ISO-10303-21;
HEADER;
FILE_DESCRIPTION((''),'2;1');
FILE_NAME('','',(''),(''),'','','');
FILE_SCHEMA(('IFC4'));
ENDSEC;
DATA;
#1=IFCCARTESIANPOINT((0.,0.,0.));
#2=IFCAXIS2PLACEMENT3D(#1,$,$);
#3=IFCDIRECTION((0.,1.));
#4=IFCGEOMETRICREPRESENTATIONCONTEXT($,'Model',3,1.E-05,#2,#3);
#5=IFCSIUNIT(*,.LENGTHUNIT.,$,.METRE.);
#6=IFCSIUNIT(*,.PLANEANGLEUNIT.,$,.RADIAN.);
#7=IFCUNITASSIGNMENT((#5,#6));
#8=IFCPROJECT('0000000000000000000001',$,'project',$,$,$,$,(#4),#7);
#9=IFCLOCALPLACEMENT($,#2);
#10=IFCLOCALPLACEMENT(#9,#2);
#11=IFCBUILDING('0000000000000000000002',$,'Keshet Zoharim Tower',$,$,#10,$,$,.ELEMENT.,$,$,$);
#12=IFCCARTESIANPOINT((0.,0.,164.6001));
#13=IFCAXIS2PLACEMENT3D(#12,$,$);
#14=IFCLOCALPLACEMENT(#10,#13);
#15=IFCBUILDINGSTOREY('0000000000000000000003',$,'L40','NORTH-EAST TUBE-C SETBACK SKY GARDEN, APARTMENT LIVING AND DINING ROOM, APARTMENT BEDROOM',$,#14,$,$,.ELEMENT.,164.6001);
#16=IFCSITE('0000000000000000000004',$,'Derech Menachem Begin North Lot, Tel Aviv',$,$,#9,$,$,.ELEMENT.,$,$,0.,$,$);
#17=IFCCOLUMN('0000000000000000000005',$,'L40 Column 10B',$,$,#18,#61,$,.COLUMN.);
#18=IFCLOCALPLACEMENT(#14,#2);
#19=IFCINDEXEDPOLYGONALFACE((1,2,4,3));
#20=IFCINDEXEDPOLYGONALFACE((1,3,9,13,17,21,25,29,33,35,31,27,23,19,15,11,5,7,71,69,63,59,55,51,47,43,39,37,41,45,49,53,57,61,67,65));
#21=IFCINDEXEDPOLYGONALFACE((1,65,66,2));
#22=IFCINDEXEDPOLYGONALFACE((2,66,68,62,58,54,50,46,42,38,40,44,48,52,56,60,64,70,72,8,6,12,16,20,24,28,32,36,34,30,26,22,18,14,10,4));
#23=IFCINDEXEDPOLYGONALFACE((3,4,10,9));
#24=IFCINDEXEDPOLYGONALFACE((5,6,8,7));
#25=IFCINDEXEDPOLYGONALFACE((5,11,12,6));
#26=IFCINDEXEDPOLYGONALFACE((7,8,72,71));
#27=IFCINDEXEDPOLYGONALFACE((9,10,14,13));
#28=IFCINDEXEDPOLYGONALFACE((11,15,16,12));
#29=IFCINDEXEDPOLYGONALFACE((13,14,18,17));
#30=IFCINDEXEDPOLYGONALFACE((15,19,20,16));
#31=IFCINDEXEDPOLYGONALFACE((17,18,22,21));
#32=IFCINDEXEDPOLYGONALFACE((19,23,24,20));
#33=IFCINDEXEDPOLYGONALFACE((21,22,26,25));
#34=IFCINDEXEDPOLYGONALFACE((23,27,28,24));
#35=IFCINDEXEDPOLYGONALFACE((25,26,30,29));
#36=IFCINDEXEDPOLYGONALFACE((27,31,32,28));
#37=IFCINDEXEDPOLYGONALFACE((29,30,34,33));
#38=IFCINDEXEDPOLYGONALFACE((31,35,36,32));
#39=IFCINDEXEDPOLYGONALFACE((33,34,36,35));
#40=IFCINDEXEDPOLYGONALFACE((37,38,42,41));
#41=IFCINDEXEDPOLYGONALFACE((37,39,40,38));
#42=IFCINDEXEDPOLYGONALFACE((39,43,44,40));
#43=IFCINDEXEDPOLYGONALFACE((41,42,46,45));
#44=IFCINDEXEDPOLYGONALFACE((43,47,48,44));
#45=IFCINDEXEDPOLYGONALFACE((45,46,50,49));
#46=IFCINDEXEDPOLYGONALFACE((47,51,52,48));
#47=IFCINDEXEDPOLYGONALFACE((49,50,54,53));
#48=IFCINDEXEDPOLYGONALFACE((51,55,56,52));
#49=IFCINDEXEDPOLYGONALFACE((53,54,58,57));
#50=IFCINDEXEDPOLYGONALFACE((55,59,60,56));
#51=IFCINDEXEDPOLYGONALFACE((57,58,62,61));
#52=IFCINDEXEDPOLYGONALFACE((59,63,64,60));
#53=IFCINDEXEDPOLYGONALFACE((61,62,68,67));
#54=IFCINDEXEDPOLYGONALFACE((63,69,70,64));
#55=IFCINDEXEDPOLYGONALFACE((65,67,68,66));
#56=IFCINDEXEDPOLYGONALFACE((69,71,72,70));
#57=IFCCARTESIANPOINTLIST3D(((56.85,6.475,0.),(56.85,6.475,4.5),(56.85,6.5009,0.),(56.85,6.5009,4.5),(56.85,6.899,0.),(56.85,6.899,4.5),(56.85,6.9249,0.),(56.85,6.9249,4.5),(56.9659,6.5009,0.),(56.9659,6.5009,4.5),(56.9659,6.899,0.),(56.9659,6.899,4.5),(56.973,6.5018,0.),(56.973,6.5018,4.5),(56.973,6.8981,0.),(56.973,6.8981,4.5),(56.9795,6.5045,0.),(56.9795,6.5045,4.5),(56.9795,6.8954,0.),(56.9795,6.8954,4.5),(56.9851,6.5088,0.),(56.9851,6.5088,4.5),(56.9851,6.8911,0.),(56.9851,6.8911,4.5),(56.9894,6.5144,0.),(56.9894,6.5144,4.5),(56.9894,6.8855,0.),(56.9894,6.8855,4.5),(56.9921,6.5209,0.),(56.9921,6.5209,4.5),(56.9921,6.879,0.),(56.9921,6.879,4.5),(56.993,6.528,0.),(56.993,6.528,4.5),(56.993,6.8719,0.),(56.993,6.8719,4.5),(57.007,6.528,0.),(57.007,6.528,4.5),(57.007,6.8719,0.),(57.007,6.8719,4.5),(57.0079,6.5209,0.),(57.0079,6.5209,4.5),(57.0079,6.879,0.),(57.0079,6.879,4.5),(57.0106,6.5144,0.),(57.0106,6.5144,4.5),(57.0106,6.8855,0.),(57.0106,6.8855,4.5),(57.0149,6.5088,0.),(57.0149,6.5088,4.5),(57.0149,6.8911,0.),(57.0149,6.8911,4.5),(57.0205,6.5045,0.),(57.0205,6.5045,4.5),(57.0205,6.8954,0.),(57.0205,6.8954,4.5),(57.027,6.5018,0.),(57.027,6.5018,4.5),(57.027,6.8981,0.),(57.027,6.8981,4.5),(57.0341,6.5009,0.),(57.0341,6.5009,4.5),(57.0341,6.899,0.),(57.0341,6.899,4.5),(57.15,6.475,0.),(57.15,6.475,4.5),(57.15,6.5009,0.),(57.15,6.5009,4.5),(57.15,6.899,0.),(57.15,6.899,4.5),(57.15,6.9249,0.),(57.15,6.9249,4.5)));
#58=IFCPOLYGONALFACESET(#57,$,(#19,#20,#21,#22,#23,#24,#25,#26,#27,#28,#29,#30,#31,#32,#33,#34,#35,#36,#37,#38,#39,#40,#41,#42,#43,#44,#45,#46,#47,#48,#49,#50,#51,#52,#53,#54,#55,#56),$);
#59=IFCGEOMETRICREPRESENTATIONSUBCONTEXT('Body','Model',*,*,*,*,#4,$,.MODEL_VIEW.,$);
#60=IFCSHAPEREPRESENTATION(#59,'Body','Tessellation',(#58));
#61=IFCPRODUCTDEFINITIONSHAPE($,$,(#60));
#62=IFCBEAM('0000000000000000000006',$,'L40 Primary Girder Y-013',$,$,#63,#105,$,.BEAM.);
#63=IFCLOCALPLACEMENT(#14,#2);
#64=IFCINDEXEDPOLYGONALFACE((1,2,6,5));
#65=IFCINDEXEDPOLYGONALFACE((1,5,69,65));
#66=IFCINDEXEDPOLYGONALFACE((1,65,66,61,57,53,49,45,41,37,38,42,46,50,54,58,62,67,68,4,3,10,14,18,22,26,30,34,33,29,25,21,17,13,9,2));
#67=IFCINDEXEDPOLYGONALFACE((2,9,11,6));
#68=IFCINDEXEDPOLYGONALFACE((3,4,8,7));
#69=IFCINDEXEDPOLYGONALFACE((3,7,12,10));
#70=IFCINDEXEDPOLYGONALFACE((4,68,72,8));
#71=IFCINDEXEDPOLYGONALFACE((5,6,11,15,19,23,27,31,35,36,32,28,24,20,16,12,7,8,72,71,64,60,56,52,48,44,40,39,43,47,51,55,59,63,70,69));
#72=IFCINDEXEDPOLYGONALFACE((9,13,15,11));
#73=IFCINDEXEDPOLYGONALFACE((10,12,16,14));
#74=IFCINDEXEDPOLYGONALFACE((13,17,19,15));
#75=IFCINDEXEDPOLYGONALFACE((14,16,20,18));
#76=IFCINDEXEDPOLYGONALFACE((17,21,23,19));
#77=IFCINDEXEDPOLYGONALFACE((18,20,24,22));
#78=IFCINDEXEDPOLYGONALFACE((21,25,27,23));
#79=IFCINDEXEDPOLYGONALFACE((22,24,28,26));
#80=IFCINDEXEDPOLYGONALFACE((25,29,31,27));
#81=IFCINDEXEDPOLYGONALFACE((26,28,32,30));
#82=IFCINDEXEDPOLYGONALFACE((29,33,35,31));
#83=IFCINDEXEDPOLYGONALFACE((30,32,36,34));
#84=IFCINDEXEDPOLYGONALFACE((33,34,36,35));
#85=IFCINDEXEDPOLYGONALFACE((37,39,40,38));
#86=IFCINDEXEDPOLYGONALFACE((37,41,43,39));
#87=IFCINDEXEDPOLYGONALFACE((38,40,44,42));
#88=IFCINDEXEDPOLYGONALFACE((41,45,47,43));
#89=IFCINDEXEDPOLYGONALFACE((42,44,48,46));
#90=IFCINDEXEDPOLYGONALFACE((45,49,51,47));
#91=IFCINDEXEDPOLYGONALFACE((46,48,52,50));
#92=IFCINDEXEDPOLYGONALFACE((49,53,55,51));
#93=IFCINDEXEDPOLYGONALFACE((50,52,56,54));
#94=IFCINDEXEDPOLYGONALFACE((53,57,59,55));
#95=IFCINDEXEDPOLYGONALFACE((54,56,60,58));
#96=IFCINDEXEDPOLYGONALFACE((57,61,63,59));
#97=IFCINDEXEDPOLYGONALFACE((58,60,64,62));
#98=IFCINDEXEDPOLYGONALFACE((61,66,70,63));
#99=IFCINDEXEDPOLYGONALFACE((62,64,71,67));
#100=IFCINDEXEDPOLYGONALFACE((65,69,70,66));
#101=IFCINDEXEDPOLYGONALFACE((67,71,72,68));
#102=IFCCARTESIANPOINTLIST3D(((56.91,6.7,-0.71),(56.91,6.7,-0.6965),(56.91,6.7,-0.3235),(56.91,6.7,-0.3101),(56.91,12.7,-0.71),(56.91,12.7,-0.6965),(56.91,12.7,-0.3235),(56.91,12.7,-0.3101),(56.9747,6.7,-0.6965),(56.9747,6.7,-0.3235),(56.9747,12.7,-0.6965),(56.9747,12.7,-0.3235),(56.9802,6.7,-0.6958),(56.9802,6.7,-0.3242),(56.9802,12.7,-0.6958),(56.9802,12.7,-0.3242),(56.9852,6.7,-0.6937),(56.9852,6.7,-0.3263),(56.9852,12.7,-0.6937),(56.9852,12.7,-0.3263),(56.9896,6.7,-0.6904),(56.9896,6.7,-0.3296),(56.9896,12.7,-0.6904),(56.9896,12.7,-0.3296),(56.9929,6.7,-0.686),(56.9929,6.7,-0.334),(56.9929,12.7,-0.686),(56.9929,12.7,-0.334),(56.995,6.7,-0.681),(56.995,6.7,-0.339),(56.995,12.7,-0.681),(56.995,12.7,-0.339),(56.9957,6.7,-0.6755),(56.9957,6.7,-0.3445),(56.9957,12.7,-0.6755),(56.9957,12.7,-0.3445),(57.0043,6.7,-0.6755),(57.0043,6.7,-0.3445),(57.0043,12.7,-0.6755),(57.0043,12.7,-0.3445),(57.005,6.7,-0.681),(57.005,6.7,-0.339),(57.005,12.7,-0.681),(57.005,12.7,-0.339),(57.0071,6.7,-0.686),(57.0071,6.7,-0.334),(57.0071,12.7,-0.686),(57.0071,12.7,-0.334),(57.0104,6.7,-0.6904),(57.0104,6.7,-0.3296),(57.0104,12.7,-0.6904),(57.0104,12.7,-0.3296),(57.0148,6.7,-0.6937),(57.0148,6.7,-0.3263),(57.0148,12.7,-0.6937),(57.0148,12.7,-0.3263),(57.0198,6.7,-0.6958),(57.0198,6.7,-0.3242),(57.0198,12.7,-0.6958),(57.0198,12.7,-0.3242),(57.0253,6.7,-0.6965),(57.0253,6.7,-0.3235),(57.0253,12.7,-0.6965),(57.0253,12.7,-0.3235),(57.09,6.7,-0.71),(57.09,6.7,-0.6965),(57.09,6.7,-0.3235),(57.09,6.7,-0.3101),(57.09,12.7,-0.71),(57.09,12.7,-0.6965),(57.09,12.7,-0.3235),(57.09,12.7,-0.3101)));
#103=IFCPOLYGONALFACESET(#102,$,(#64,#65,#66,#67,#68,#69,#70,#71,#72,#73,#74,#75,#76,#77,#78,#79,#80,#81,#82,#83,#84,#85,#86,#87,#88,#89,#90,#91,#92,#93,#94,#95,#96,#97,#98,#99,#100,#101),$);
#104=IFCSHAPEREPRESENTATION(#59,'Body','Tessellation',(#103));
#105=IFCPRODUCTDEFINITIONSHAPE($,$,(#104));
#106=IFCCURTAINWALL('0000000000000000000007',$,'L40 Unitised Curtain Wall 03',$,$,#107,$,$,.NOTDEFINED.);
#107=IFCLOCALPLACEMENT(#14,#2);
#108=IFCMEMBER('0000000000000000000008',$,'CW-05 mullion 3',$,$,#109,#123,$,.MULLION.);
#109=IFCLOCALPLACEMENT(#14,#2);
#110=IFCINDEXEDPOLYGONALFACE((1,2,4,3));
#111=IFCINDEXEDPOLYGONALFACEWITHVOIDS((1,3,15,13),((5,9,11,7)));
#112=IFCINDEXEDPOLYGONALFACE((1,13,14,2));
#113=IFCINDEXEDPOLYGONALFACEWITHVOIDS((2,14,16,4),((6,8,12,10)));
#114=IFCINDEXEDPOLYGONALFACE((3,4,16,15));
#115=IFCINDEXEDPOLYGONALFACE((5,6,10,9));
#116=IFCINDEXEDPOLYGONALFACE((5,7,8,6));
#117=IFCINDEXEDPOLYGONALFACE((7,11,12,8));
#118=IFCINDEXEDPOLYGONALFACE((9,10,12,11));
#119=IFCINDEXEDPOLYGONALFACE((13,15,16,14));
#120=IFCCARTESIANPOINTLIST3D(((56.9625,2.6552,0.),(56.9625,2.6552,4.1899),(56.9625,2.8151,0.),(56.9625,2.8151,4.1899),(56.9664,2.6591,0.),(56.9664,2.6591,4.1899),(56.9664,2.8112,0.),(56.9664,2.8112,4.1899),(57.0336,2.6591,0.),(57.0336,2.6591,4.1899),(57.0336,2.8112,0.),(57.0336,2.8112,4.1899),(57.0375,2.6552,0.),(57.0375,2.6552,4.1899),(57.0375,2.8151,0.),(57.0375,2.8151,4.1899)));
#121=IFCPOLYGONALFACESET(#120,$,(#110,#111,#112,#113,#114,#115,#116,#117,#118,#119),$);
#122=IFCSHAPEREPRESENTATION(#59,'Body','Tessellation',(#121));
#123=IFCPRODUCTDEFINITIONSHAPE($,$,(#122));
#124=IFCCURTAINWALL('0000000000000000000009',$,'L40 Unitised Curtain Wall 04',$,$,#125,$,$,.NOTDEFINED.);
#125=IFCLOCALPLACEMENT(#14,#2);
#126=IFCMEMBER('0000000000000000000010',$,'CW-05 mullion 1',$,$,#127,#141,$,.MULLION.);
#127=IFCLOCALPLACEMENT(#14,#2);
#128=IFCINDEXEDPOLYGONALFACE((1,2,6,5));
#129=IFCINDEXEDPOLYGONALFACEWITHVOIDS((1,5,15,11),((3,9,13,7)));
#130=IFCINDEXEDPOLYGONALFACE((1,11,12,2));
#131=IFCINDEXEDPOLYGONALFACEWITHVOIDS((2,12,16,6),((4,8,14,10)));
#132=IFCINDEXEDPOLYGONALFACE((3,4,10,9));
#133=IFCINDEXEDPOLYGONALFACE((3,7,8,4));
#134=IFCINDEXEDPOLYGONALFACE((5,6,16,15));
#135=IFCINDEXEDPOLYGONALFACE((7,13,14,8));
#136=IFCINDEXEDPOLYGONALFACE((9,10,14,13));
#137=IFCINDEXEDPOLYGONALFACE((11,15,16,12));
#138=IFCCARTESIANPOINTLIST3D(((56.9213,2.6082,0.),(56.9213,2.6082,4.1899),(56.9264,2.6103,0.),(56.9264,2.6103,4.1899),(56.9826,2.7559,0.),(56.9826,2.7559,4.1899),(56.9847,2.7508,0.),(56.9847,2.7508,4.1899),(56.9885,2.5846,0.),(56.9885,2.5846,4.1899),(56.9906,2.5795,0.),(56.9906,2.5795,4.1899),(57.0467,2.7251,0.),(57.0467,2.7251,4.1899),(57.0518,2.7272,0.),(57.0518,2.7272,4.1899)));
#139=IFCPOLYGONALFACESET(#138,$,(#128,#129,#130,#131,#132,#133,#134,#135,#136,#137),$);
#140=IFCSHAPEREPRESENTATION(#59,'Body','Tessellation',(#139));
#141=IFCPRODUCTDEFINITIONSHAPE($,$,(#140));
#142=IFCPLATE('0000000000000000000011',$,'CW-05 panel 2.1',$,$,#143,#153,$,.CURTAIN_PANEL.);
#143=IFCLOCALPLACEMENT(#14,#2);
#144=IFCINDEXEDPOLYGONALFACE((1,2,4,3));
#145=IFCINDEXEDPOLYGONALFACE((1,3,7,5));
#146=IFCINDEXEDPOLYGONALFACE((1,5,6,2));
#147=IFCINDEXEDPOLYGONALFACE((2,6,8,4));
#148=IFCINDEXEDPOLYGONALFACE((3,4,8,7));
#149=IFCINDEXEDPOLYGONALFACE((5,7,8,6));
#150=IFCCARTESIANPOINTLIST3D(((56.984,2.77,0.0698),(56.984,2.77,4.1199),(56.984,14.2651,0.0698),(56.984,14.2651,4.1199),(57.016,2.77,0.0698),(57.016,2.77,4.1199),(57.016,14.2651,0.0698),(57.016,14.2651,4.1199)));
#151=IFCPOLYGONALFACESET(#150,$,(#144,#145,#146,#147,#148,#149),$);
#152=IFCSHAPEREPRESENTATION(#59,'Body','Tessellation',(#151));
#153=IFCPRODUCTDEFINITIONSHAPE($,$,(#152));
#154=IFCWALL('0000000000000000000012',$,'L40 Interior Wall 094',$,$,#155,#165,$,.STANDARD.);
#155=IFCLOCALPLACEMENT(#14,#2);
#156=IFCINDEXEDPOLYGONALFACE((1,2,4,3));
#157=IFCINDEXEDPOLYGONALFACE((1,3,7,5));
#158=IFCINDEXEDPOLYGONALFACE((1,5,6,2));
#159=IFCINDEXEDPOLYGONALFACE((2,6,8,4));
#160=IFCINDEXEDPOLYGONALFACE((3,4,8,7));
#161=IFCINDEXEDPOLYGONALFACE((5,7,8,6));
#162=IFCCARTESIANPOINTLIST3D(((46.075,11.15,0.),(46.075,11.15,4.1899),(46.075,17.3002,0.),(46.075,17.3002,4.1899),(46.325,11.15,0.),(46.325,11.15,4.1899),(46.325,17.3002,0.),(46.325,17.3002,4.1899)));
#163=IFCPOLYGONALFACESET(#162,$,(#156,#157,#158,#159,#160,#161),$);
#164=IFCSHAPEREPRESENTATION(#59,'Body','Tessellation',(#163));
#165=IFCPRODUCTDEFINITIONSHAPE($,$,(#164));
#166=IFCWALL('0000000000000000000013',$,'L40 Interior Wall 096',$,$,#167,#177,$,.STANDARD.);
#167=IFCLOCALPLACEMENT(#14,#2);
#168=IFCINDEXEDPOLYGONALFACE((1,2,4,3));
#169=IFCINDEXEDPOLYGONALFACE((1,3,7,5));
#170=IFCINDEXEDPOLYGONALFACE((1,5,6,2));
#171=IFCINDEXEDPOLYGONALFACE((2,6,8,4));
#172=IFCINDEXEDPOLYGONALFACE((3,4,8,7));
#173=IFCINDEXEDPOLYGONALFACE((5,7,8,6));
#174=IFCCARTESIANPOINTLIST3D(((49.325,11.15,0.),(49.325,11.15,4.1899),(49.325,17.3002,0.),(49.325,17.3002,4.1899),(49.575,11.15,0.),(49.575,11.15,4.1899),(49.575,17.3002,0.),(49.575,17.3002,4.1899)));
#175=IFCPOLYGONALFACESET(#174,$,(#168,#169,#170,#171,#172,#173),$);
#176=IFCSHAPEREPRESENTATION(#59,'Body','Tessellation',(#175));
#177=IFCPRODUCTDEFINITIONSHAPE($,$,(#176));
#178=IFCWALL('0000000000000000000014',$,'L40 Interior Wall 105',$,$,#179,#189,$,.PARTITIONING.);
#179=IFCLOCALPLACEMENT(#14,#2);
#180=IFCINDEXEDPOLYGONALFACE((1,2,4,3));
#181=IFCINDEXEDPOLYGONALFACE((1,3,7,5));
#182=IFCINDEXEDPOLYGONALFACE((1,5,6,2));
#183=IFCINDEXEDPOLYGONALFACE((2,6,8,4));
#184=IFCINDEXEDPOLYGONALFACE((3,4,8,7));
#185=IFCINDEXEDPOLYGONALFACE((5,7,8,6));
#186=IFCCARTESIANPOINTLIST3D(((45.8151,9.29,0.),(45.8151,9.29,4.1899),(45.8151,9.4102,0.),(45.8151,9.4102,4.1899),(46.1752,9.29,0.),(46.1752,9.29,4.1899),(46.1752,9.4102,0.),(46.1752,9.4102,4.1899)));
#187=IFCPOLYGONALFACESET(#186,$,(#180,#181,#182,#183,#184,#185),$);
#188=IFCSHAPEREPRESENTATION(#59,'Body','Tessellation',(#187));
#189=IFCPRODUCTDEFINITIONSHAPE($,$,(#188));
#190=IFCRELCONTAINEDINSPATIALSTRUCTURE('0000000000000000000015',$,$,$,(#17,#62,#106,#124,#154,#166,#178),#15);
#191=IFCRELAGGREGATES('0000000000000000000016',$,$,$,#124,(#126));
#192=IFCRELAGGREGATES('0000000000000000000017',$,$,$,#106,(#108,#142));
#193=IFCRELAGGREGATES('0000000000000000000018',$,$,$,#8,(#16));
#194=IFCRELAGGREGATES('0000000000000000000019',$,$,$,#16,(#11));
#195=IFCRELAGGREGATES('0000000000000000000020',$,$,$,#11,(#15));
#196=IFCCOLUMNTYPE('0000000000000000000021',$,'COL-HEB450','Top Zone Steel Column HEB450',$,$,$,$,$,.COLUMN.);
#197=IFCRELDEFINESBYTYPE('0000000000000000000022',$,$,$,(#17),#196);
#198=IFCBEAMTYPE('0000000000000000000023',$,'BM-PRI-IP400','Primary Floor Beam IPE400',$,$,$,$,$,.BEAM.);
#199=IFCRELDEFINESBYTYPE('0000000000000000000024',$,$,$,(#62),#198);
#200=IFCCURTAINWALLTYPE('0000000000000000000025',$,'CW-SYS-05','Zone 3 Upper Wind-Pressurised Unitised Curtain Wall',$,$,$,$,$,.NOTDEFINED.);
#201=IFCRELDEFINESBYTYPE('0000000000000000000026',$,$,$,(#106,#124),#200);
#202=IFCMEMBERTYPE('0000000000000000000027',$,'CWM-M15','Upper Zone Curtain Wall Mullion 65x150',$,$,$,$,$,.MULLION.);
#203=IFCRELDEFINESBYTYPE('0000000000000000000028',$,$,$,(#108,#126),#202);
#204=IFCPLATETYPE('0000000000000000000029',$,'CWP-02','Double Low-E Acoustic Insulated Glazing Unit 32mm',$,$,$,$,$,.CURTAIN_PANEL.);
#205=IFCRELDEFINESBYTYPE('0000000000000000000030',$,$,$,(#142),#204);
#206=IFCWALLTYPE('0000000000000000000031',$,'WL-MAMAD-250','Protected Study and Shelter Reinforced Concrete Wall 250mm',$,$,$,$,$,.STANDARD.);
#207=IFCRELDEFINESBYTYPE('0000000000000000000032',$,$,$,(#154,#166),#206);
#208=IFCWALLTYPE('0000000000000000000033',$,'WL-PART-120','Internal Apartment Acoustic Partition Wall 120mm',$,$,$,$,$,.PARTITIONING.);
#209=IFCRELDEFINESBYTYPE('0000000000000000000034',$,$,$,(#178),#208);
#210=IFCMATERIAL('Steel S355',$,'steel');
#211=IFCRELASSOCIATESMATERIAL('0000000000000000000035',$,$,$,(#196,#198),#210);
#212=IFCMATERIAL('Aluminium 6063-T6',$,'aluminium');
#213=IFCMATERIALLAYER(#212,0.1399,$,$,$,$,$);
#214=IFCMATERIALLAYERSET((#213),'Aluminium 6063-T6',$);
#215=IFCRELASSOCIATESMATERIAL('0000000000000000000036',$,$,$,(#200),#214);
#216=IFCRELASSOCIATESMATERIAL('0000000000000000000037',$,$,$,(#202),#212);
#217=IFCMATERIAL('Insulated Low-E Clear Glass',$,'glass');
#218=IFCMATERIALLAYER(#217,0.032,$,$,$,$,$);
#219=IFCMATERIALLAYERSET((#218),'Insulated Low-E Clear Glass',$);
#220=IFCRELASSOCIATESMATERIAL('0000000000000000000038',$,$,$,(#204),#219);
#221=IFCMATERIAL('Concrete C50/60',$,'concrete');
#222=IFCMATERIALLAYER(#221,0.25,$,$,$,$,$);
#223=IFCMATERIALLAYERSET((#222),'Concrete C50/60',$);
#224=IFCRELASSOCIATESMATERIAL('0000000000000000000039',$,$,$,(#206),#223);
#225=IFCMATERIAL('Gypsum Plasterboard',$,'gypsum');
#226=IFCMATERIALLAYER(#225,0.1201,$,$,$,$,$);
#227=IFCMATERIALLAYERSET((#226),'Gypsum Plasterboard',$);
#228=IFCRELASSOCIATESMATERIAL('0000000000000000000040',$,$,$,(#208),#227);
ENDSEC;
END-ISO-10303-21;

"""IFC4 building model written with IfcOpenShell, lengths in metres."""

from ifc_helpers import new_model, si_unit, direction, frame, frame_2d, origin, origin_2d, place, context, subcontext, project, spatial, rectangle, hollow_rectangle, i_section, extrude, material, layer, layer_set, material_profile, profile_set, type_object, element, aggregate, save


model = new_model("IFC4")

# Units and contexts
model_context = context("Model", 3, precision=1e-05, world=origin(), true_north=direction((0.0, 1.0)))
body_context = subcontext(model_context, "Body", "Model", "MODEL_VIEW")
ifc_project = project(units=[si_unit("LENGTHUNIT", "METRE"), si_unit("PLANEANGLEUNIT", "RADIAN")], contexts=[model_context])

# Site, building, storey
site_placement = place(None, origin())
site = spatial("IfcSite", under=ifc_project, at=site_placement, Name="Derech Menachem Begin North Lot, Tel Aviv", CompositionType="ELEMENT", RefElevation=0.0)
building_placement = place(site_placement, origin())
building = spatial("IfcBuilding", under=site, at=building_placement, Name="Keshet Zoharim Tower", CompositionType="ELEMENT")
storey_placement = place(building_placement, frame((0.0, 0.0, 164.6001)))
storey = spatial("IfcBuildingStorey", under=building, at=storey_placement, Name="L40", Description="NORTH-EAST TUBE-C SETBACK SKY GARDEN, APARTMENT LIVING AND DINING ROOM, APARTMENT BEDROOM", CompositionType="ELEMENT", Elevation=164.6001)

# Column
ifc_material_1 = material(Name="Steel S355", Category="steel")
ifc_material_profile_1 = material_profile(ifc_material_1, i_section(OverallWidth=0.3, OverallDepth=0.45, WebThickness=0.0139, FlangeThickness=0.0259, FilletRadius=0.0271, at=origin_2d()), Name="HEB450")
ifc_profile_set_1 = profile_set([ifc_material_profile_1], Name="Steel S355")
column_type = type_object("IfcColumnType", Name="COL-HEB450", Description="Top Zone Steel Column HEB450", PredefinedType="COLUMN", material=ifc_profile_set_1)
column_placement = place(storey_placement, frame((57.0, 6.7, 0.0), z_axis=(0.0, 0.0, 1.0), x_axis=(1.0, 0.0, 0.0)))
element("IfcColumn", 1, at=column_placement, inside=storey, type_object=column_type, Name="L40 Column 10B", PredefinedType="COLUMN", context=body_context, shape_type="SweptSolid", body=[
    extrude(i_section(OverallWidth=0.3, OverallDepth=0.45, WebThickness=0.0139, FlangeThickness=0.0259, FilletRadius=0.0271, at=origin_2d()), origin(), (0.0, 0.0, 1.0), 4.5),
])

# Beam
ifc_material_profile_2 = material_profile(ifc_material_1, i_section(OverallWidth=0.1799, OverallDepth=0.3999, WebThickness=0.0085, FlangeThickness=0.0134, FilletRadius=0.021, at=origin_2d()), Name="IPE400")
ifc_profile_set_2 = profile_set([ifc_material_profile_2], Name="Steel S355")
beam_type = type_object("IfcBeamType", Name="BM-PRI-IP400", Description="Primary Floor Beam IPE400", PredefinedType="BEAM", material=ifc_profile_set_2)
beam_placement = place(storey_placement, frame((57.0, 6.7, -0.51), z_axis=(0.0, 1.0, 0.0), x_axis=(-1.0, 0.0, 0.0)))
element("IfcBeam", 2, at=beam_placement, inside=storey, type_object=beam_type, Name="L40 Primary Girder Y-013", PredefinedType="BEAM", context=body_context, shape_type="SweptSolid", body=[
    extrude(i_section(OverallWidth=0.1799, OverallDepth=0.3999, WebThickness=0.0085, FlangeThickness=0.0134, FilletRadius=0.021, at=origin_2d()), origin(), (0.0, 0.0, 1.0), 6.0),
])

# Curtain walls, members
ifc_material_2 = material(Name="Aluminium 6063-T6", Category="aluminium")
ifc_layer_1 = layer(ifc_material_2, 0.1399)
ifc_layer_set_1 = layer_set([ifc_layer_1], Name="Aluminium 6063-T6")
curtain_wall_type = type_object("IfcCurtainWallType", Name="CW-SYS-05", Description="Zone 3 Upper Wind-Pressurised Unitised Curtain Wall", PredefinedType="NOTDEFINED", material=ifc_layer_set_1)
curtain_wall_1_placement = place(storey_placement, origin())
curtain_wall_1 = element("IfcCurtainWall", 3, at=curtain_wall_1_placement, inside=storey, type_object=curtain_wall_type, Name="L40 Unitised Curtain Wall 03", PredefinedType="NOTDEFINED")
ifc_material_profile_3 = material_profile(ifc_material_2, hollow_rectangle(XDim=0.075, YDim=0.1599, WallThickness=0.0039, at=origin_2d()), Name="MUL-75x160")
ifc_profile_set_3 = profile_set([ifc_material_profile_3], Name="Aluminium 6063-T6")
member_type = type_object("IfcMemberType", Name="CWM-M15", Description="Upper Zone Curtain Wall Mullion 65x150", PredefinedType="MULLION", material=ifc_profile_set_3)
member_1_placement = place(storey_placement, frame((57.0, 2.7351, 0.0), z_axis=(0.0, 0.0, 1.0), x_axis=(1.0, 0.0, 0.0)))
member_1 = element("IfcMember", 4, at=member_1_placement, type_object=member_type, Name="CW-05 mullion 3", PredefinedType="MULLION", context=body_context, shape_type="SweptSolid", body=[
    extrude(hollow_rectangle(XDim=0.075, YDim=0.1599, WallThickness=0.0039, at=origin_2d()), origin(), (0.0, 0.0, 1.0), 4.1899),
])
curtain_wall_2_placement = place(storey_placement, origin())
curtain_wall_2 = element("IfcCurtainWall", 5, at=curtain_wall_2_placement, inside=storey, type_object=curtain_wall_type, Name="L40 Unitised Curtain Wall 04", PredefinedType="NOTDEFINED")
member_2_placement = place(storey_placement, frame((56.9866, 2.6677, 0.0), z_axis=(0.0, 0.0, 1.0), x_axis=(0.92381, -0.382852, 0.0)))
member_2 = element("IfcMember", 6, at=member_2_placement, type_object=member_type, Name="CW-05 mullion 1", PredefinedType="MULLION", context=body_context, shape_type="SweptSolid", body=[
    extrude(hollow_rectangle(XDim=0.075, YDim=0.1599, WallThickness=0.0039, at=origin_2d()), origin(), (0.0, 0.0, 1.0), 4.1899),
])
aggregate(curtain_wall_2, [member_2])

# Plate
ifc_material_3 = material(Name="Insulated Low-E Clear Glass", Category="glass")
ifc_layer_2 = layer(ifc_material_3, 0.032)
ifc_layer_set_2 = layer_set([ifc_layer_2], Name="Insulated Low-E Clear Glass")
plate_type = type_object("IfcPlateType", Name="CWP-02", Description="Double Low-E Acoustic Insulated Glazing Unit 32mm", PredefinedType="CURTAIN_PANEL", material=ifc_layer_set_2)
plate_placement = place(storey_placement, frame((57.0, 8.5176, 0.0698), z_axis=(0.0, 0.0, 1.0), x_axis=(0.0, -1.0, 0.0)))
plate = element("IfcPlate", 7, at=plate_placement, type_object=plate_type, Name="CW-05 panel 2.1", PredefinedType="CURTAIN_PANEL", context=body_context, shape_type="SweptSolid", body=[
    extrude(rectangle(XDim=11.4951, YDim=0.032, at=origin_2d()), origin(), (0.0, 0.0, 1.0), 4.05),
])
aggregate(curtain_wall_1, [member_1, plate])

# Walls
ifc_material_4 = material(Name="Concrete C50/60", Category="concrete")
ifc_layer_3 = layer(ifc_material_4, 0.25)
ifc_layer_set_3 = layer_set([ifc_layer_3], Name="Concrete C50/60")
wall_type_1 = type_object("IfcWallType", Name="WL-MAMAD-250", Description="Protected Study and Shelter Reinforced Concrete Wall 250mm", PredefinedType="STANDARD", material=ifc_layer_set_3)
for number, where, z_axis, x_axis, name in (
    (8, (46.2, 11.1499, 0.0), (0.0, 0.0, 1.0), (0.0, 1.0, 0.0), "L40 Interior Wall 094"),
    (9, (49.45, 11.1499, 0.0), (0.0, 0.0, 1.0), (0.0, 1.0, 0.0), "L40 Interior Wall 096"),
):
    element("IfcWall", number, at=place(storey_placement, frame(where, z_axis=z_axis, x_axis=x_axis)), inside=storey, type_object=wall_type_1, Name=name, PredefinedType="STANDARD", context=body_context, shape_type="SweptSolid", body=[
        extrude(rectangle(XDim=6.1501, YDim=0.25, at=frame_2d((3.0752, 0.0))), origin(), (0.0, 0.0, 1.0), 4.1899),
    ])

# Wall
ifc_material_5 = material(Name="Gypsum Plasterboard", Category="gypsum")
ifc_layer_4 = layer(ifc_material_5, 0.1201)
ifc_layer_set_4 = layer_set([ifc_layer_4], Name="Gypsum Plasterboard")
wall_type_2 = type_object("IfcWallType", Name="WL-PART-120", Description="Internal Apartment Acoustic Partition Wall 120mm", PredefinedType="PARTITIONING", material=ifc_layer_set_4)
wall_1_placement = place(storey_placement, frame((45.8149, 9.3501, 0.0), z_axis=(0.0, 0.0, 1.0), x_axis=(1.0, 0.0, 0.0)))
element("IfcWall", 10, at=wall_1_placement, inside=storey, type_object=wall_type_2, Name="L40 Interior Wall 105", PredefinedType="PARTITIONING", context=body_context, shape_type="SweptSolid", body=[
    extrude(rectangle(XDim=0.3601, YDim=0.1201, at=frame_2d((0.1802, 0.0))), origin(), (0.0, 0.0, 1.0), 4.1899),
])

save(model, "model.ifc")
